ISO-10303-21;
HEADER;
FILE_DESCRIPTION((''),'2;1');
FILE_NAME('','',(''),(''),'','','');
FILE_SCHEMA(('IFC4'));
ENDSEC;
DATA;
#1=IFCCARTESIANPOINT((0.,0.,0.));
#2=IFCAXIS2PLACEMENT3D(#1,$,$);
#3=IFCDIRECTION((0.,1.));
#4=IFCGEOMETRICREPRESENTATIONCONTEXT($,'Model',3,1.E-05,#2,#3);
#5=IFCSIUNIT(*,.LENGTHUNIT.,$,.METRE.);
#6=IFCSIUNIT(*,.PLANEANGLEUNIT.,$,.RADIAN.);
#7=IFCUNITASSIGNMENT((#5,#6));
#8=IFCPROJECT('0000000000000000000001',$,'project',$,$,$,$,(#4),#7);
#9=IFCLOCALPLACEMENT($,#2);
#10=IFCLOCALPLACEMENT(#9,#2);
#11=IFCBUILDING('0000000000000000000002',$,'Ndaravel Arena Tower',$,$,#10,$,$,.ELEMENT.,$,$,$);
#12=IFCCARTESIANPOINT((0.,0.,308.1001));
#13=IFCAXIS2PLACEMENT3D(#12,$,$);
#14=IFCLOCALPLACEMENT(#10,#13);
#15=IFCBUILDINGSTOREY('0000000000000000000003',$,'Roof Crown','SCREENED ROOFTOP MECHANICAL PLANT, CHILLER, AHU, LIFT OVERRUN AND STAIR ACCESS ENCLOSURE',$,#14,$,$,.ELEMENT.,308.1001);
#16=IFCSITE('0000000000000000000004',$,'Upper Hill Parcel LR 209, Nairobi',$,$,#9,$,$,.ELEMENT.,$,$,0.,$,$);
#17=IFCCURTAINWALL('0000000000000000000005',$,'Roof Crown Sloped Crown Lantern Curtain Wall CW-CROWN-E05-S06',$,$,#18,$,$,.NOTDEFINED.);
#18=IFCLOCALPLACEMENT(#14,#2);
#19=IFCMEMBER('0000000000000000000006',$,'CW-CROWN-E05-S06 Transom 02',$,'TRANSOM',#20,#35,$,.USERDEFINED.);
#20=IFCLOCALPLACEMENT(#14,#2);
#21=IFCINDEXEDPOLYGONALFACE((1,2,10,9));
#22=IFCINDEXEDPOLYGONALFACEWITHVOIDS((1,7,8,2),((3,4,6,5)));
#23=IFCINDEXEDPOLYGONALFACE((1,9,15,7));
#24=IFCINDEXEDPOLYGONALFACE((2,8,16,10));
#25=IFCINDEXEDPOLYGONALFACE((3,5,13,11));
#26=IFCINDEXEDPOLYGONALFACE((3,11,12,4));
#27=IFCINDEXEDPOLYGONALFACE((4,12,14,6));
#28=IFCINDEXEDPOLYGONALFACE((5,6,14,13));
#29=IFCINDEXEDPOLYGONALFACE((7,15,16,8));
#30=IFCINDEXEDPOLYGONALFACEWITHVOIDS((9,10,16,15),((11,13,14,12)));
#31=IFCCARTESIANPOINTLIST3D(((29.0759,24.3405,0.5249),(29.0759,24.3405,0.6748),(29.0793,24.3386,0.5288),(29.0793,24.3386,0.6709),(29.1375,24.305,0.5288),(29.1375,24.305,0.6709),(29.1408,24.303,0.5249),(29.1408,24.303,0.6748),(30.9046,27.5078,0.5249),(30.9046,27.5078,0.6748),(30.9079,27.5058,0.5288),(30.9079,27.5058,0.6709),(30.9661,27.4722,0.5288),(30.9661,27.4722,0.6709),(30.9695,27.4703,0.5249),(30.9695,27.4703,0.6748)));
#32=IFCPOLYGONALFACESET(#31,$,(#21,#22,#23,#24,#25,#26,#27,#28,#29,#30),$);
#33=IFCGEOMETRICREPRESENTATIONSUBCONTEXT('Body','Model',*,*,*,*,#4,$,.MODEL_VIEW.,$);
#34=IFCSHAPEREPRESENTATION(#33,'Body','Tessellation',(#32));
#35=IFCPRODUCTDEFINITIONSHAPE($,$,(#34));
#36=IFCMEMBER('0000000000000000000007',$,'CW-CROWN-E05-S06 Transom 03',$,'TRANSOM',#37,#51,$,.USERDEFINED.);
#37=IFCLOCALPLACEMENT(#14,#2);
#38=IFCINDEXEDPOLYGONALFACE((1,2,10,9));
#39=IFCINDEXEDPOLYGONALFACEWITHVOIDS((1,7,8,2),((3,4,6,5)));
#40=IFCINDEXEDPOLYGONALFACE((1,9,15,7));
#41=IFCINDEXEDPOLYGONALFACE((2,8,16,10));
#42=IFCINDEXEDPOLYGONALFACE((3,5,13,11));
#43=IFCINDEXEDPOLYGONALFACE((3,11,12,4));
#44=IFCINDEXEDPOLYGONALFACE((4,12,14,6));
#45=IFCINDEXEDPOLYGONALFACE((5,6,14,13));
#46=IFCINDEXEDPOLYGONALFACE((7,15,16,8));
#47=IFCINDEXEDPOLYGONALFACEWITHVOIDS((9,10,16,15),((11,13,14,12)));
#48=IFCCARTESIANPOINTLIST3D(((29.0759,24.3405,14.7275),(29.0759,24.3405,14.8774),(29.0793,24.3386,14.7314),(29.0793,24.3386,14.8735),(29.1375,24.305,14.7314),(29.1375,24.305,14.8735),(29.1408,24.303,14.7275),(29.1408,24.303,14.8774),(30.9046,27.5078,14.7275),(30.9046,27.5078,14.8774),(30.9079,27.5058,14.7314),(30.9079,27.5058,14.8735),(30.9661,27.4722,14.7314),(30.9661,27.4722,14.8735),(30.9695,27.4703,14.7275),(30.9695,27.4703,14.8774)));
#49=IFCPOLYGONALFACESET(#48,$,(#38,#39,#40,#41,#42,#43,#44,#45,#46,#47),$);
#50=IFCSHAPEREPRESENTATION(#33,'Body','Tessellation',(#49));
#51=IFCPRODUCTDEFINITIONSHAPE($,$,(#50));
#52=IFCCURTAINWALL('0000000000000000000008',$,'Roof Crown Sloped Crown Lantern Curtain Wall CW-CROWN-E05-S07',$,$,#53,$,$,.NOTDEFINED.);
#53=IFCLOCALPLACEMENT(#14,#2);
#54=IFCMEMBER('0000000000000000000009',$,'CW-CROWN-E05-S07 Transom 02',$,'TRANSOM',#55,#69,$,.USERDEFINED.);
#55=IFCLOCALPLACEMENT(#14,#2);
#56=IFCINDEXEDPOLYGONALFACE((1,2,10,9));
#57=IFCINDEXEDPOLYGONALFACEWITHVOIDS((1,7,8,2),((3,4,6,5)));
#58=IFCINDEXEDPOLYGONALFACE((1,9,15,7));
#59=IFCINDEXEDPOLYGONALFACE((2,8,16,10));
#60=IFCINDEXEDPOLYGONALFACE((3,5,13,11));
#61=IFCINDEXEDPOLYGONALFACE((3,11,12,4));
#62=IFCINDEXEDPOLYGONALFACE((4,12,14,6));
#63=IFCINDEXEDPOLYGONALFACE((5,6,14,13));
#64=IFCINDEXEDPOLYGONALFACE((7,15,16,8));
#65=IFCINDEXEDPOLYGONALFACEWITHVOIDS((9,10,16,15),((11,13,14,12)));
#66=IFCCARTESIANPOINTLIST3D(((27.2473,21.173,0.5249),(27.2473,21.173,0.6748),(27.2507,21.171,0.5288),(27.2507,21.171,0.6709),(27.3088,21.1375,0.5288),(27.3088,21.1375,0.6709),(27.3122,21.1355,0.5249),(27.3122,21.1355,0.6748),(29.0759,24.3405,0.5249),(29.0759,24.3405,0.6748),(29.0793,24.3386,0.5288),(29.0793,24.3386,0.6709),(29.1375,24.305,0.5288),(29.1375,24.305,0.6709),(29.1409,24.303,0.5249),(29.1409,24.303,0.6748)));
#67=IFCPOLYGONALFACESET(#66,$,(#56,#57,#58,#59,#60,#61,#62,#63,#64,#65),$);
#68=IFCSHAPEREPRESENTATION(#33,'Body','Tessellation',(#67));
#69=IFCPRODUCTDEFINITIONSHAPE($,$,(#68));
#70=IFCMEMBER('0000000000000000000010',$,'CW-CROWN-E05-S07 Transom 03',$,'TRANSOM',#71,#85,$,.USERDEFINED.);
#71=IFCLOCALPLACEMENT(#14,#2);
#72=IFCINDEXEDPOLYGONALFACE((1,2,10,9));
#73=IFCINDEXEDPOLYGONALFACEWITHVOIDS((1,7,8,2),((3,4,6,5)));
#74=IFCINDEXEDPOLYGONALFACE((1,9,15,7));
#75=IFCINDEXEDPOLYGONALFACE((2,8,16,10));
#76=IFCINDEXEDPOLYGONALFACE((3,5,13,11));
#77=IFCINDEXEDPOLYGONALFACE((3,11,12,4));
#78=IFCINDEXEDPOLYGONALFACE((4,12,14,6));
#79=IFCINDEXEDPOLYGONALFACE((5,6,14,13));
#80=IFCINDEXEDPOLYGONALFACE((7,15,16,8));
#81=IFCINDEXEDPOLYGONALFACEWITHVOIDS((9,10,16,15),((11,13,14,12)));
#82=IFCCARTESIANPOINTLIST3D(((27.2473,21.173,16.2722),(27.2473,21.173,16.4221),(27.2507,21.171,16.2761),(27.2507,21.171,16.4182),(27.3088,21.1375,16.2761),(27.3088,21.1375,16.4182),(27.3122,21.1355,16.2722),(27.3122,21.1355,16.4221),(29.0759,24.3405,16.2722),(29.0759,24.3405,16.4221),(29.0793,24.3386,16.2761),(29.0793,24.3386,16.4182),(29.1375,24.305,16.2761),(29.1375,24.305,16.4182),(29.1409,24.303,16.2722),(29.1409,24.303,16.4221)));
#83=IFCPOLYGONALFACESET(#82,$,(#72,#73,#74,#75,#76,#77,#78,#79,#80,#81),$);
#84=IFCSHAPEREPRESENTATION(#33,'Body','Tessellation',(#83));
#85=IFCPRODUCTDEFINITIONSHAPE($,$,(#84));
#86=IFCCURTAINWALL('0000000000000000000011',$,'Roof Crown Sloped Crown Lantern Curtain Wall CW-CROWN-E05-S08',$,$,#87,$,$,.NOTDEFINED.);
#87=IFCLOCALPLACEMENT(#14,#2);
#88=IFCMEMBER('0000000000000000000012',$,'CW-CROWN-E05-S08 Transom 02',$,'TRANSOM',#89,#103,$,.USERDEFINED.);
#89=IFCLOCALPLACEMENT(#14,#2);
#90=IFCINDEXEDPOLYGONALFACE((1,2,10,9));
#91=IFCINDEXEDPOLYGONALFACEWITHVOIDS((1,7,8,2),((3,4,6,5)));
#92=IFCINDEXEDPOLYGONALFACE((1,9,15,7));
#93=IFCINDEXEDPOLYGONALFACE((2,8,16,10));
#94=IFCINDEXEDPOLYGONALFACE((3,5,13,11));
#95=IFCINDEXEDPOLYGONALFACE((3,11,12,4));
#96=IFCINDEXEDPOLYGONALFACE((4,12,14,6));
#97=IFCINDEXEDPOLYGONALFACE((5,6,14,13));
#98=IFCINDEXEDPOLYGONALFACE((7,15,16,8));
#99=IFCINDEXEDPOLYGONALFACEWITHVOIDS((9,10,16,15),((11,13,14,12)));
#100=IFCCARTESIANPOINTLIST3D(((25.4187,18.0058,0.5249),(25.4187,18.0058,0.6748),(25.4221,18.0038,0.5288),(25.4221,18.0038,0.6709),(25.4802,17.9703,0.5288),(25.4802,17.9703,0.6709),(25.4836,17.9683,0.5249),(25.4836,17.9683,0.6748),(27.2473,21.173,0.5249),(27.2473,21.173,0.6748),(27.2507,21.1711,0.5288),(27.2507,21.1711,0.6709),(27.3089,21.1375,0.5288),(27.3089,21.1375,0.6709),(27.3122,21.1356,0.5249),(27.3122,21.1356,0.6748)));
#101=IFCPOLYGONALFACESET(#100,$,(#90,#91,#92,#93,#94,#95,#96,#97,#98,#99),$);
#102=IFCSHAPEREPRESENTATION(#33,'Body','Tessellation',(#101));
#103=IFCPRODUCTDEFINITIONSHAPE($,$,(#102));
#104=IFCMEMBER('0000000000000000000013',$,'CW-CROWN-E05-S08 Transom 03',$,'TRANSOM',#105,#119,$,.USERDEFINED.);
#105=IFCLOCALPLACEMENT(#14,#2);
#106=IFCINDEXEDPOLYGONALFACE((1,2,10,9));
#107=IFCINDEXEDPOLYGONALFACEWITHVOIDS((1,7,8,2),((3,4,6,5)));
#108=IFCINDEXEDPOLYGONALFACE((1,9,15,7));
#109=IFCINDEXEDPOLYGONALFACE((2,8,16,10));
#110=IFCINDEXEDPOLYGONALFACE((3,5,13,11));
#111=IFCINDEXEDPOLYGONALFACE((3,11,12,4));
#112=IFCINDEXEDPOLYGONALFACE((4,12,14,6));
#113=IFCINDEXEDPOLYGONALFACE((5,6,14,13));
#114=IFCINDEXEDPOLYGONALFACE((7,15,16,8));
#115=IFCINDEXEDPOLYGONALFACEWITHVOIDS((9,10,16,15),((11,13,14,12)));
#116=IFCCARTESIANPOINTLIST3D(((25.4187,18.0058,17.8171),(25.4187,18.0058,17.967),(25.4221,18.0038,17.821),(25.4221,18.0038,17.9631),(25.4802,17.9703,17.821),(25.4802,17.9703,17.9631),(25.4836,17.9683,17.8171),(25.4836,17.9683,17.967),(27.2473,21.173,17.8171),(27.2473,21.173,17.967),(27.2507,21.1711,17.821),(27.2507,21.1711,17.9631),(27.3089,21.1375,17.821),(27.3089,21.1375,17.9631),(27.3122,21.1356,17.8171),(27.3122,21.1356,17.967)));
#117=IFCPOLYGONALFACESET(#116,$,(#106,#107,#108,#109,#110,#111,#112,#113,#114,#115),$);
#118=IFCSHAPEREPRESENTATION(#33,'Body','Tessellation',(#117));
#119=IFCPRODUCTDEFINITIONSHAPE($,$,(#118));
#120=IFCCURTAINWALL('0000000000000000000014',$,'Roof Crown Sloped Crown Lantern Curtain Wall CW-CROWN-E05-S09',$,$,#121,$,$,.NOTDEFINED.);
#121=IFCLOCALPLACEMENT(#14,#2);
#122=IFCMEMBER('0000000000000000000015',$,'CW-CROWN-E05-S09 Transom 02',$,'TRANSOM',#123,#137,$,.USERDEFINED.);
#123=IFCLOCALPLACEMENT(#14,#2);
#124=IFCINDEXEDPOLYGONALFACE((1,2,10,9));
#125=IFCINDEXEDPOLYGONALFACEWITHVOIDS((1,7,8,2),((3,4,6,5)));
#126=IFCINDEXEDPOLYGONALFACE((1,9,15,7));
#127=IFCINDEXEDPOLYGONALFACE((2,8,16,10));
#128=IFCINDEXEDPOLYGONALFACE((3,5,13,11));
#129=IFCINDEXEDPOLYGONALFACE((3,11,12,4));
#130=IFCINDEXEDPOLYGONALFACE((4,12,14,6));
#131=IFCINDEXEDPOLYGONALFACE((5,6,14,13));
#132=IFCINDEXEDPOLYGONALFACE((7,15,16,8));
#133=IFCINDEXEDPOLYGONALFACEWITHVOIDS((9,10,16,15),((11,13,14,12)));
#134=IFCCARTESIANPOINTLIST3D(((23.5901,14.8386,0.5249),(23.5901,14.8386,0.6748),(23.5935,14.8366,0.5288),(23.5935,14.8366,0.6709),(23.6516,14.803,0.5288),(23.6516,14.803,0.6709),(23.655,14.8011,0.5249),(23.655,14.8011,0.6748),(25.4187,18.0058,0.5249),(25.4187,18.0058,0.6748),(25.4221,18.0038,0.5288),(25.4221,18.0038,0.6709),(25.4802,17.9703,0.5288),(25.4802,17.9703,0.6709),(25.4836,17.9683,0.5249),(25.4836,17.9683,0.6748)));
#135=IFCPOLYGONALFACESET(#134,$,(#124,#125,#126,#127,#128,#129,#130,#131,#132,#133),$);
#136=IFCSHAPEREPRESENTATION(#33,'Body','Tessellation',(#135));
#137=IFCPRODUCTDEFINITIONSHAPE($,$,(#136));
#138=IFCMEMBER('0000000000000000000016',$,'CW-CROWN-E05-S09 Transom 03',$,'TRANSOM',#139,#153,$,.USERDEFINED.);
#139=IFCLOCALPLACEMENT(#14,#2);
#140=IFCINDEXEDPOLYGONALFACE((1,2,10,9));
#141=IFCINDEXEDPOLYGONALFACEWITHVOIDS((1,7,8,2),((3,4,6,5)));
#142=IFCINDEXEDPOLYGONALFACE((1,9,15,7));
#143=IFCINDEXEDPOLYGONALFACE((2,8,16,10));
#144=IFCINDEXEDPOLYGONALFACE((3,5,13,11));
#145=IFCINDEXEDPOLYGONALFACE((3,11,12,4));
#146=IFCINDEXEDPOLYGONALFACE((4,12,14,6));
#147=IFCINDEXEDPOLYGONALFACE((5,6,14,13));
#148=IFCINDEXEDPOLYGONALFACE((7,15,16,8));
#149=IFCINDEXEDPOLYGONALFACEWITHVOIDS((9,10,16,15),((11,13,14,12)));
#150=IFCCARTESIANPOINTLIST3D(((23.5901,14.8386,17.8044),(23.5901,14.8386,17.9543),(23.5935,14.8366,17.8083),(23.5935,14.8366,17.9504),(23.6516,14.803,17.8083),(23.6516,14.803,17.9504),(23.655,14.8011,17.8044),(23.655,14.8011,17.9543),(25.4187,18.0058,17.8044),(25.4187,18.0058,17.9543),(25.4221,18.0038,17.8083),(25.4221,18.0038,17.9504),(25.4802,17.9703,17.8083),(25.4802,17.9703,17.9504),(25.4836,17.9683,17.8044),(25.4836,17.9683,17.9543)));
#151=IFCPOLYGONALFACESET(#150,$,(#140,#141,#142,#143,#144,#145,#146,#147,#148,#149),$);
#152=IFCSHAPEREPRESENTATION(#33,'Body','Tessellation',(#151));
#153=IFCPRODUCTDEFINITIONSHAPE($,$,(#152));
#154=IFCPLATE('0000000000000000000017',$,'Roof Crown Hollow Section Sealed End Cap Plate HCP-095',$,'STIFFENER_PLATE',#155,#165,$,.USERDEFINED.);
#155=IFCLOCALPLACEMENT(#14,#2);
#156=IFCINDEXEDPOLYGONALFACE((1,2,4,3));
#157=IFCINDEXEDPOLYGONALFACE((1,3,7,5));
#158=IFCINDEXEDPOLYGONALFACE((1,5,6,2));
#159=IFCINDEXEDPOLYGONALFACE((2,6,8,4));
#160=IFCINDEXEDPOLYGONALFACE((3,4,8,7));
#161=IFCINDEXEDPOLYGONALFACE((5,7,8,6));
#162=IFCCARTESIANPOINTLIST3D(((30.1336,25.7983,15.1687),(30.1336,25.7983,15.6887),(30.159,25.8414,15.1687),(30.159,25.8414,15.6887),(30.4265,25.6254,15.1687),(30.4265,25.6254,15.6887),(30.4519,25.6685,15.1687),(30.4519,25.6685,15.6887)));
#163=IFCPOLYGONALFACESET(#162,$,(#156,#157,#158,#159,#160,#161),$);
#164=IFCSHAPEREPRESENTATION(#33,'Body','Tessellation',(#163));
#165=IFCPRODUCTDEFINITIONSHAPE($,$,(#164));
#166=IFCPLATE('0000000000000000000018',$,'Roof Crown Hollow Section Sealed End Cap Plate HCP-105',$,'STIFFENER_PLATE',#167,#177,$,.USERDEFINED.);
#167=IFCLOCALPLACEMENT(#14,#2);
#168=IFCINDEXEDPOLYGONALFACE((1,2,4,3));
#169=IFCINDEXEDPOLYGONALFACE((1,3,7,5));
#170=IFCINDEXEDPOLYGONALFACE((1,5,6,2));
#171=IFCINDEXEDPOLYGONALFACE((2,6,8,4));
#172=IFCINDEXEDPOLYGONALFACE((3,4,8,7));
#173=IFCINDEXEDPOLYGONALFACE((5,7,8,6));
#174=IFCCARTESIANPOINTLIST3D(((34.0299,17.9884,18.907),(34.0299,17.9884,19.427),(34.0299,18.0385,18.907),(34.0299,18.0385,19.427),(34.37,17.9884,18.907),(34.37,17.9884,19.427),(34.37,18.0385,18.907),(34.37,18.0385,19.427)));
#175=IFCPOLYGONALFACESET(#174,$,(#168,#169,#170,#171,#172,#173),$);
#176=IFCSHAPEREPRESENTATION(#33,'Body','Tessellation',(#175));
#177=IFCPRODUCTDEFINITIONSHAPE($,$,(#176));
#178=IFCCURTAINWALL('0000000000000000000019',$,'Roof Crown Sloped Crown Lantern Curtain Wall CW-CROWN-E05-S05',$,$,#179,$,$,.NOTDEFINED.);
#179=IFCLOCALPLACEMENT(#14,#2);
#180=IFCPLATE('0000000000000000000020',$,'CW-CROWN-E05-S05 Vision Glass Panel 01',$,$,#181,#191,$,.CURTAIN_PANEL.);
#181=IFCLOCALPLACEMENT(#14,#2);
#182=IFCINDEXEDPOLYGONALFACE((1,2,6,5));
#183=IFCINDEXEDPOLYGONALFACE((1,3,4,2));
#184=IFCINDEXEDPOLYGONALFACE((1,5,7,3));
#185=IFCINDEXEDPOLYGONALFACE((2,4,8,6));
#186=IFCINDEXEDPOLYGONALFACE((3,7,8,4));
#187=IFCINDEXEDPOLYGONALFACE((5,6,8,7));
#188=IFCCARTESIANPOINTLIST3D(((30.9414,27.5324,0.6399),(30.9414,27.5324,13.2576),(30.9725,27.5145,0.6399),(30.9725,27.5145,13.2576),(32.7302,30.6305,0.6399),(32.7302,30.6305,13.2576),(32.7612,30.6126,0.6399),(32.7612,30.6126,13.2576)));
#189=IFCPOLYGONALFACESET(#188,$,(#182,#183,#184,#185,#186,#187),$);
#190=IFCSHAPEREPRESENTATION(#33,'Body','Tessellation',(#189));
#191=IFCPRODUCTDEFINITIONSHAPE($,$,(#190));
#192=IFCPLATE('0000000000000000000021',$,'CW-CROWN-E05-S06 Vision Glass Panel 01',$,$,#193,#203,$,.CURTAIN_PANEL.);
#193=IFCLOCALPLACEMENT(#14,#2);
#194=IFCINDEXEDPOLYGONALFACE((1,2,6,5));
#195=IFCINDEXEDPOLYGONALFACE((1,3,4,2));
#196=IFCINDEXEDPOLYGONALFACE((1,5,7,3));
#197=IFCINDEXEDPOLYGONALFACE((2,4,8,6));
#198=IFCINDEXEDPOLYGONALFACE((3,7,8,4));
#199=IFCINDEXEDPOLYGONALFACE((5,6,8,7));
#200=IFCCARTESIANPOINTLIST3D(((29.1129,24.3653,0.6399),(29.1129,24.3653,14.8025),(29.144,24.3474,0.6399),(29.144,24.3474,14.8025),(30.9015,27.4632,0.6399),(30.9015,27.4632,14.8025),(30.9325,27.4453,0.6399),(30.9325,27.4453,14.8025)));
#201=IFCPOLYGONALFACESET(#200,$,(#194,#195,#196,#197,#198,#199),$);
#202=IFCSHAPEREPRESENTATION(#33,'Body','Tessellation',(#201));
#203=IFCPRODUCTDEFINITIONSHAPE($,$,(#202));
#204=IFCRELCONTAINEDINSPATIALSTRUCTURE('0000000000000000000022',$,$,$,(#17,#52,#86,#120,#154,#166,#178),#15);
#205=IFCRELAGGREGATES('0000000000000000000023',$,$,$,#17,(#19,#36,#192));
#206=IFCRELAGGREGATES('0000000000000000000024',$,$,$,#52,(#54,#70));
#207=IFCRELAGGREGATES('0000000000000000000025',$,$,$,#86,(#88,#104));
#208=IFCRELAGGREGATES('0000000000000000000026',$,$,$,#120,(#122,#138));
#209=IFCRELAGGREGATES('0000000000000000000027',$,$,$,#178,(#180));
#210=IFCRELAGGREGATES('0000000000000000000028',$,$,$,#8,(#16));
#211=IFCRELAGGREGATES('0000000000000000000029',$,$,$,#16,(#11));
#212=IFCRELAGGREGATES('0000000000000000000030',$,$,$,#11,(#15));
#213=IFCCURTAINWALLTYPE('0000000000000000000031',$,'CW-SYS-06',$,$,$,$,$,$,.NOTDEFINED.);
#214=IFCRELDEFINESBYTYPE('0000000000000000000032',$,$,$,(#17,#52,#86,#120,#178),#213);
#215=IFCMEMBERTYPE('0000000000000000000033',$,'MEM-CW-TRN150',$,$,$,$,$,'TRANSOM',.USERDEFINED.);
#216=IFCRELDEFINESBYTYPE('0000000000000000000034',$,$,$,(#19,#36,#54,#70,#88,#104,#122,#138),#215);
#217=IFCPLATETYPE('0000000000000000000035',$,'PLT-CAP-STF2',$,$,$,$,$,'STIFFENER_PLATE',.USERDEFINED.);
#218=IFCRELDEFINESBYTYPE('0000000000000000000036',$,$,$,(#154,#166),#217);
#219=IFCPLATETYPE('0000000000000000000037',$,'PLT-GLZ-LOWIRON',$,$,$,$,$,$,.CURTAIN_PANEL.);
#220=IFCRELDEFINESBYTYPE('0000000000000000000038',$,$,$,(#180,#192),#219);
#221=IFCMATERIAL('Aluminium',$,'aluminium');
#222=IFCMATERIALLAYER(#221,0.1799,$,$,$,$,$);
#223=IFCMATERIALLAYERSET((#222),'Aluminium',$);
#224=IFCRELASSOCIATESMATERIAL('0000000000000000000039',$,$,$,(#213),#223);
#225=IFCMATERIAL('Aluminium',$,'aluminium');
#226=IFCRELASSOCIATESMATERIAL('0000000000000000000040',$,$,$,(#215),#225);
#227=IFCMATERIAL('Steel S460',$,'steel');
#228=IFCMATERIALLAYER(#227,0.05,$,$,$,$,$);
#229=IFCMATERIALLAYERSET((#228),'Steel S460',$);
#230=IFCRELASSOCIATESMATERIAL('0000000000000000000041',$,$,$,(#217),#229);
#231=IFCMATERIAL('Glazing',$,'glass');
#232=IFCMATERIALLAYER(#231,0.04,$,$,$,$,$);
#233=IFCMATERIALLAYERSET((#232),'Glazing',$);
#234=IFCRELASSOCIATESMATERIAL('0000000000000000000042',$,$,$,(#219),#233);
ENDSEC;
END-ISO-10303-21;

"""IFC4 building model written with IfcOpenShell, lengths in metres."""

from ifc_helpers import new_model, si_unit, direction, frame, origin, origin_2d, place, context, subcontext, project, spatial, rectangle, hollow_rectangle, extrude, material, layer, layer_set, material_profile, profile_set, type_object, element, aggregate, save


model = new_model("IFC4")

# Units and contexts
model_context = context("Model", 3, precision=1e-05, world=origin(), true_north=direction((0.0, 1.0)))
body_context = subcontext(model_context, "Body", "Model", "MODEL_VIEW")
ifc_project = project(units=[si_unit("LENGTHUNIT", "METRE"), si_unit("PLANEANGLEUNIT", "RADIAN")], contexts=[model_context])

# Site, building, storey
site_placement = place(None, origin())
site = spatial("IfcSite", under=ifc_project, at=site_placement, Name="Upper Hill Parcel LR 209, Nairobi", CompositionType="ELEMENT", RefElevation=0.0)
building_placement = place(site_placement, origin())
building = spatial("IfcBuilding", under=site, at=building_placement, Name="Ndaravel Arena Tower", CompositionType="ELEMENT")
storey_placement = place(building_placement, frame((0.0, 0.0, 308.1001)))
storey = spatial("IfcBuildingStorey", under=building, at=storey_placement, Name="Roof Crown", Description="SCREENED ROOFTOP MECHANICAL PLANT, CHILLER, AHU, LIFT OVERRUN AND STAIR ACCESS ENCLOSURE", CompositionType="ELEMENT", Elevation=308.1001)

# Curtain walls, members
ifc_material_1 = material(Name="Aluminium", Category="aluminium")
ifc_layer_1 = layer(ifc_material_1, 0.1799)
ifc_layer_set_1 = layer_set([ifc_layer_1], Name="Aluminium")
curtain_wall_type = type_object("IfcCurtainWallType", Name="CW-SYS-06", PredefinedType="NOTDEFINED", material=ifc_layer_set_1)
curtain_wall_1_placement = place(storey_placement, origin())
curtain_wall_1 = element("IfcCurtainWall", 1, at=curtain_wall_1_placement, inside=storey, type_object=curtain_wall_type, Name="Roof Crown Sloped Crown Lantern Curtain Wall CW-CROWN-E05-S06", PredefinedType="NOTDEFINED")
ifc_material_2 = material(Name="Aluminium", Category="aluminium")
ifc_material_profile_1 = material_profile(ifc_material_2, hollow_rectangle(XDim=0.075, YDim=0.1499, WallThickness=0.0039, at=origin_2d()), Name="CW TRANSOM 75x150x4")
ifc_profile_set_1 = profile_set([ifc_material_profile_1], Name="Aluminium")
member_type_1 = type_object("IfcMemberType", Name="MEM-CW-TRN150", ElementType="TRANSOM", PredefinedType="USERDEFINED", material=ifc_profile_set_1)
member_1_placement = place(storey_placement, frame((30.937, 27.489, 0.5999), z_axis=(-0.500002, -0.866024, 0.0), x_axis=(0.866024, -0.500002, 0.0)))
member_1 = element("IfcMember", 2, at=member_1_placement, type_object=member_type_1, Name="CW-CROWN-E05-S06 Transom 02", ObjectType="TRANSOM", PredefinedType="USERDEFINED", context=body_context, shape_type="SweptSolid", body=[
    extrude(hollow_rectangle(XDim=0.075, YDim=0.1499, WallThickness=0.0039, at=origin_2d()), origin(), (0.0, 0.0, 1.0), 3.6572),
])
member_2_placement = place(storey_placement, frame((30.937, 27.489, 14.8025), z_axis=(-0.500002, -0.866024, 0.0), x_axis=(0.866024, -0.500002, 0.0)))
member_2 = element("IfcMember", 3, at=member_2_placement, type_object=member_type_1, Name="CW-CROWN-E05-S06 Transom 03", ObjectType="TRANSOM", PredefinedType="USERDEFINED", context=body_context, shape_type="SweptSolid", body=[
    extrude(hollow_rectangle(XDim=0.075, YDim=0.1499, WallThickness=0.0039, at=origin_2d()), origin(), (0.0, 0.0, 1.0), 3.6572),
])
curtain_wall_2_placement = place(storey_placement, origin())
curtain_wall_2 = element("IfcCurtainWall", 4, at=curtain_wall_2_placement, inside=storey, type_object=curtain_wall_type, Name="Roof Crown Sloped Crown Lantern Curtain Wall CW-CROWN-E05-S07", PredefinedType="NOTDEFINED")
member_3_placement = place(storey_placement, frame((29.1084, 24.3218, 0.5999), z_axis=(-0.499973, -0.866041, 0.0), x_axis=(0.866041, -0.499973, 0.0)))
member_3 = element("IfcMember", 5, at=member_3_placement, type_object=member_type_1, Name="CW-CROWN-E05-S07 Transom 02", ObjectType="TRANSOM", PredefinedType="USERDEFINED", context=body_context, shape_type="SweptSolid", body=[
    extrude(hollow_rectangle(XDim=0.075, YDim=0.1499, WallThickness=0.0039, at=origin_2d()), origin(), (0.0, 0.0, 1.0), 3.6575),
])
member_4_placement = place(storey_placement, frame((29.1084, 24.3218, 16.3472), z_axis=(-0.499973, -0.866041, 0.0), x_axis=(0.866041, -0.499973, 0.0)))
member_4 = element("IfcMember", 6, at=member_4_placement, type_object=member_type_1, Name="CW-CROWN-E05-S07 Transom 03", ObjectType="TRANSOM", PredefinedType="USERDEFINED", context=body_context, shape_type="SweptSolid", body=[
    extrude(hollow_rectangle(XDim=0.075, YDim=0.1499, WallThickness=0.0039, at=origin_2d()), origin(), (0.0, 0.0, 1.0), 3.6575),
])
curtain_wall_3_placement = place(storey_placement, origin())
curtain_wall_3 = element("IfcCurtainWall", 7, at=curtain_wall_3_placement, inside=storey, type_object=curtain_wall_type, Name="Roof Crown Sloped Crown Lantern Curtain Wall CW-CROWN-E05-S08", PredefinedType="NOTDEFINED")
member_5_placement = place(storey_placement, frame((27.2798, 21.1543, 0.5999), z_axis=(-0.500002, -0.866024, 0.0), x_axis=(0.866024, -0.500002, 0.0)))
member_5 = element("IfcMember", 8, at=member_5_placement, type_object=member_type_1, Name="CW-CROWN-E05-S08 Transom 02", ObjectType="TRANSOM", PredefinedType="USERDEFINED", context=body_context, shape_type="SweptSolid", body=[
    extrude(hollow_rectangle(XDim=0.075, YDim=0.1499, WallThickness=0.0039, at=origin_2d()), origin(), (0.0, 0.0, 1.0), 3.6572),
])
member_6_placement = place(storey_placement, frame((27.2798, 21.1543, 17.8921), z_axis=(-0.500002, -0.866024, 0.0), x_axis=(0.866024, -0.500002, 0.0)))
member_6 = element("IfcMember", 9, at=member_6_placement, type_object=member_type_1, Name="CW-CROWN-E05-S08 Transom 03", ObjectType="TRANSOM", PredefinedType="USERDEFINED", context=body_context, shape_type="SweptSolid", body=[
    extrude(hollow_rectangle(XDim=0.075, YDim=0.1499, WallThickness=0.0039, at=origin_2d()), origin(), (0.0, 0.0, 1.0), 3.6572),
])
curtain_wall_4_placement = place(storey_placement, origin())
curtain_wall_4 = element("IfcCurtainWall", 10, at=curtain_wall_4_placement, inside=storey, type_object=curtain_wall_type, Name="Roof Crown Sloped Crown Lantern Curtain Wall CW-CROWN-E05-S09", PredefinedType="NOTDEFINED")
member_7_placement = place(storey_placement, frame((25.4512, 17.9871, 0.5999), z_axis=(-0.500002, -0.866024, 0.0), x_axis=(0.866024, -0.500002, 0.0)))
member_7 = element("IfcMember", 11, at=member_7_placement, type_object=member_type_1, Name="CW-CROWN-E05-S09 Transom 02", ObjectType="TRANSOM", PredefinedType="USERDEFINED", context=body_context, shape_type="SweptSolid", body=[
    extrude(hollow_rectangle(XDim=0.075, YDim=0.1499, WallThickness=0.0039, at=origin_2d()), origin(), (0.0, 0.0, 1.0), 3.6572),
])
member_8_placement = place(storey_placement, frame((25.4512, 17.9871, 17.8794), z_axis=(-0.500002, -0.866024, 0.0), x_axis=(0.866024, -0.500002, 0.0)))
member_8 = element("IfcMember", 12, at=member_8_placement, type_object=member_type_1, Name="CW-CROWN-E05-S09 Transom 03", ObjectType="TRANSOM", PredefinedType="USERDEFINED", context=body_context, shape_type="SweptSolid", body=[
    extrude(hollow_rectangle(XDim=0.075, YDim=0.1499, WallThickness=0.0039, at=origin_2d()), origin(), (0.0, 0.0, 1.0), 3.6572),
])

# Plates
ifc_material_3 = material(Name="Steel S460", Category="steel")
ifc_layer_2 = layer(ifc_material_3, 0.05)
ifc_layer_set_2 = layer_set([ifc_layer_2], Name="Steel S460")
plate_type_1 = type_object("IfcPlateType", Name="PLT-CAP-STF2", ElementType="STIFFENER_PLATE", PredefinedType="USERDEFINED", material=ifc_layer_set_2)
for number, where, z_axis, x_axis, name in (
    (13, (30.2927, 25.7334, 15.1687), (0.0, 0.0, 1.0), (-0.50814, -0.861275, 0.0), "Roof Crown Hollow Section Sealed End Cap Plate HCP-095"),
    (14, (34.2, 18.0134, 18.907), (0.0, 0.0, 1.0), (0.0, 1.0, 0.0), "Roof Crown Hollow Section Sealed End Cap Plate HCP-105"),
):
    element("IfcPlate", number, at=place(storey_placement, frame(where, z_axis=z_axis, x_axis=x_axis)), inside=storey, type_object=plate_type_1, Name=name, ObjectType="STIFFENER_PLATE", PredefinedType="USERDEFINED", context=body_context, shape_type="SweptSolid", body=[
        extrude(rectangle(XDim=0.05, YDim=0.3401, at=origin_2d()), origin(), (0.0, 0.0, 1.0), 0.52),
    ])

# Curtain wall, plate
curtain_wall_5_placement = place(storey_placement, origin())
curtain_wall_5 = element("IfcCurtainWall", 15, at=curtain_wall_5_placement, inside=storey, type_object=curtain_wall_type, Name="Roof Crown Sloped Crown Lantern Curtain Wall CW-CROWN-E05-S05", PredefinedType="NOTDEFINED")
ifc_material_4 = material(Name="Glazing", Category="glass")
ifc_layer_3 = layer(ifc_material_4, 0.04)
ifc_layer_set_3 = layer_set([ifc_layer_3], Name="Glazing")
plate_type_2 = type_object("IfcPlateType", Name="PLT-GLZ-LOWIRON", PredefinedType="CURTAIN_PANEL", material=ifc_layer_set_3)
plate_1_placement = place(storey_placement, frame((31.8513, 29.0725, 0.6399), z_axis=(0.0, 0.0, 1.0), x_axis=(-0.500015, -0.866017, 0.0)))
plate_1 = element("IfcPlate", 16, at=plate_1_placement, type_object=plate_type_2, Name="CW-CROWN-E05-S05 Vision Glass Panel 01", PredefinedType="CURTAIN_PANEL", context=body_context, shape_type="SweptSolid", body=[
    extrude(rectangle(XDim=3.5774, YDim=0.0359, at=origin_2d()), origin(), (0.0, 0.0, 1.0), 12.6177),
])

# Plate
plate_2_placement = place(storey_placement, frame((30.0227, 25.9053, 0.6399), z_axis=(0.0, 0.0, 1.0), x_axis=(-0.5, -0.866025, 0.0)))
plate_2 = element("IfcPlate", 17, at=plate_2_placement, type_object=plate_type_2, Name="CW-CROWN-E05-S06 Vision Glass Panel 01", PredefinedType="CURTAIN_PANEL", context=body_context, shape_type="SweptSolid", body=[
    extrude(rectangle(XDim=3.5771, YDim=0.0359, at=origin_2d()), origin(), (0.0, 0.0, 1.0), 14.1626),
])
aggregate(curtain_wall_1, [member_1, member_2, plate_2])
aggregate(curtain_wall_2, [member_3, member_4])
aggregate(curtain_wall_3, [member_5, member_6])
aggregate(curtain_wall_4, [member_7, member_8])
aggregate(curtain_wall_5, [plate_1])

save(model, "model.ifc")
